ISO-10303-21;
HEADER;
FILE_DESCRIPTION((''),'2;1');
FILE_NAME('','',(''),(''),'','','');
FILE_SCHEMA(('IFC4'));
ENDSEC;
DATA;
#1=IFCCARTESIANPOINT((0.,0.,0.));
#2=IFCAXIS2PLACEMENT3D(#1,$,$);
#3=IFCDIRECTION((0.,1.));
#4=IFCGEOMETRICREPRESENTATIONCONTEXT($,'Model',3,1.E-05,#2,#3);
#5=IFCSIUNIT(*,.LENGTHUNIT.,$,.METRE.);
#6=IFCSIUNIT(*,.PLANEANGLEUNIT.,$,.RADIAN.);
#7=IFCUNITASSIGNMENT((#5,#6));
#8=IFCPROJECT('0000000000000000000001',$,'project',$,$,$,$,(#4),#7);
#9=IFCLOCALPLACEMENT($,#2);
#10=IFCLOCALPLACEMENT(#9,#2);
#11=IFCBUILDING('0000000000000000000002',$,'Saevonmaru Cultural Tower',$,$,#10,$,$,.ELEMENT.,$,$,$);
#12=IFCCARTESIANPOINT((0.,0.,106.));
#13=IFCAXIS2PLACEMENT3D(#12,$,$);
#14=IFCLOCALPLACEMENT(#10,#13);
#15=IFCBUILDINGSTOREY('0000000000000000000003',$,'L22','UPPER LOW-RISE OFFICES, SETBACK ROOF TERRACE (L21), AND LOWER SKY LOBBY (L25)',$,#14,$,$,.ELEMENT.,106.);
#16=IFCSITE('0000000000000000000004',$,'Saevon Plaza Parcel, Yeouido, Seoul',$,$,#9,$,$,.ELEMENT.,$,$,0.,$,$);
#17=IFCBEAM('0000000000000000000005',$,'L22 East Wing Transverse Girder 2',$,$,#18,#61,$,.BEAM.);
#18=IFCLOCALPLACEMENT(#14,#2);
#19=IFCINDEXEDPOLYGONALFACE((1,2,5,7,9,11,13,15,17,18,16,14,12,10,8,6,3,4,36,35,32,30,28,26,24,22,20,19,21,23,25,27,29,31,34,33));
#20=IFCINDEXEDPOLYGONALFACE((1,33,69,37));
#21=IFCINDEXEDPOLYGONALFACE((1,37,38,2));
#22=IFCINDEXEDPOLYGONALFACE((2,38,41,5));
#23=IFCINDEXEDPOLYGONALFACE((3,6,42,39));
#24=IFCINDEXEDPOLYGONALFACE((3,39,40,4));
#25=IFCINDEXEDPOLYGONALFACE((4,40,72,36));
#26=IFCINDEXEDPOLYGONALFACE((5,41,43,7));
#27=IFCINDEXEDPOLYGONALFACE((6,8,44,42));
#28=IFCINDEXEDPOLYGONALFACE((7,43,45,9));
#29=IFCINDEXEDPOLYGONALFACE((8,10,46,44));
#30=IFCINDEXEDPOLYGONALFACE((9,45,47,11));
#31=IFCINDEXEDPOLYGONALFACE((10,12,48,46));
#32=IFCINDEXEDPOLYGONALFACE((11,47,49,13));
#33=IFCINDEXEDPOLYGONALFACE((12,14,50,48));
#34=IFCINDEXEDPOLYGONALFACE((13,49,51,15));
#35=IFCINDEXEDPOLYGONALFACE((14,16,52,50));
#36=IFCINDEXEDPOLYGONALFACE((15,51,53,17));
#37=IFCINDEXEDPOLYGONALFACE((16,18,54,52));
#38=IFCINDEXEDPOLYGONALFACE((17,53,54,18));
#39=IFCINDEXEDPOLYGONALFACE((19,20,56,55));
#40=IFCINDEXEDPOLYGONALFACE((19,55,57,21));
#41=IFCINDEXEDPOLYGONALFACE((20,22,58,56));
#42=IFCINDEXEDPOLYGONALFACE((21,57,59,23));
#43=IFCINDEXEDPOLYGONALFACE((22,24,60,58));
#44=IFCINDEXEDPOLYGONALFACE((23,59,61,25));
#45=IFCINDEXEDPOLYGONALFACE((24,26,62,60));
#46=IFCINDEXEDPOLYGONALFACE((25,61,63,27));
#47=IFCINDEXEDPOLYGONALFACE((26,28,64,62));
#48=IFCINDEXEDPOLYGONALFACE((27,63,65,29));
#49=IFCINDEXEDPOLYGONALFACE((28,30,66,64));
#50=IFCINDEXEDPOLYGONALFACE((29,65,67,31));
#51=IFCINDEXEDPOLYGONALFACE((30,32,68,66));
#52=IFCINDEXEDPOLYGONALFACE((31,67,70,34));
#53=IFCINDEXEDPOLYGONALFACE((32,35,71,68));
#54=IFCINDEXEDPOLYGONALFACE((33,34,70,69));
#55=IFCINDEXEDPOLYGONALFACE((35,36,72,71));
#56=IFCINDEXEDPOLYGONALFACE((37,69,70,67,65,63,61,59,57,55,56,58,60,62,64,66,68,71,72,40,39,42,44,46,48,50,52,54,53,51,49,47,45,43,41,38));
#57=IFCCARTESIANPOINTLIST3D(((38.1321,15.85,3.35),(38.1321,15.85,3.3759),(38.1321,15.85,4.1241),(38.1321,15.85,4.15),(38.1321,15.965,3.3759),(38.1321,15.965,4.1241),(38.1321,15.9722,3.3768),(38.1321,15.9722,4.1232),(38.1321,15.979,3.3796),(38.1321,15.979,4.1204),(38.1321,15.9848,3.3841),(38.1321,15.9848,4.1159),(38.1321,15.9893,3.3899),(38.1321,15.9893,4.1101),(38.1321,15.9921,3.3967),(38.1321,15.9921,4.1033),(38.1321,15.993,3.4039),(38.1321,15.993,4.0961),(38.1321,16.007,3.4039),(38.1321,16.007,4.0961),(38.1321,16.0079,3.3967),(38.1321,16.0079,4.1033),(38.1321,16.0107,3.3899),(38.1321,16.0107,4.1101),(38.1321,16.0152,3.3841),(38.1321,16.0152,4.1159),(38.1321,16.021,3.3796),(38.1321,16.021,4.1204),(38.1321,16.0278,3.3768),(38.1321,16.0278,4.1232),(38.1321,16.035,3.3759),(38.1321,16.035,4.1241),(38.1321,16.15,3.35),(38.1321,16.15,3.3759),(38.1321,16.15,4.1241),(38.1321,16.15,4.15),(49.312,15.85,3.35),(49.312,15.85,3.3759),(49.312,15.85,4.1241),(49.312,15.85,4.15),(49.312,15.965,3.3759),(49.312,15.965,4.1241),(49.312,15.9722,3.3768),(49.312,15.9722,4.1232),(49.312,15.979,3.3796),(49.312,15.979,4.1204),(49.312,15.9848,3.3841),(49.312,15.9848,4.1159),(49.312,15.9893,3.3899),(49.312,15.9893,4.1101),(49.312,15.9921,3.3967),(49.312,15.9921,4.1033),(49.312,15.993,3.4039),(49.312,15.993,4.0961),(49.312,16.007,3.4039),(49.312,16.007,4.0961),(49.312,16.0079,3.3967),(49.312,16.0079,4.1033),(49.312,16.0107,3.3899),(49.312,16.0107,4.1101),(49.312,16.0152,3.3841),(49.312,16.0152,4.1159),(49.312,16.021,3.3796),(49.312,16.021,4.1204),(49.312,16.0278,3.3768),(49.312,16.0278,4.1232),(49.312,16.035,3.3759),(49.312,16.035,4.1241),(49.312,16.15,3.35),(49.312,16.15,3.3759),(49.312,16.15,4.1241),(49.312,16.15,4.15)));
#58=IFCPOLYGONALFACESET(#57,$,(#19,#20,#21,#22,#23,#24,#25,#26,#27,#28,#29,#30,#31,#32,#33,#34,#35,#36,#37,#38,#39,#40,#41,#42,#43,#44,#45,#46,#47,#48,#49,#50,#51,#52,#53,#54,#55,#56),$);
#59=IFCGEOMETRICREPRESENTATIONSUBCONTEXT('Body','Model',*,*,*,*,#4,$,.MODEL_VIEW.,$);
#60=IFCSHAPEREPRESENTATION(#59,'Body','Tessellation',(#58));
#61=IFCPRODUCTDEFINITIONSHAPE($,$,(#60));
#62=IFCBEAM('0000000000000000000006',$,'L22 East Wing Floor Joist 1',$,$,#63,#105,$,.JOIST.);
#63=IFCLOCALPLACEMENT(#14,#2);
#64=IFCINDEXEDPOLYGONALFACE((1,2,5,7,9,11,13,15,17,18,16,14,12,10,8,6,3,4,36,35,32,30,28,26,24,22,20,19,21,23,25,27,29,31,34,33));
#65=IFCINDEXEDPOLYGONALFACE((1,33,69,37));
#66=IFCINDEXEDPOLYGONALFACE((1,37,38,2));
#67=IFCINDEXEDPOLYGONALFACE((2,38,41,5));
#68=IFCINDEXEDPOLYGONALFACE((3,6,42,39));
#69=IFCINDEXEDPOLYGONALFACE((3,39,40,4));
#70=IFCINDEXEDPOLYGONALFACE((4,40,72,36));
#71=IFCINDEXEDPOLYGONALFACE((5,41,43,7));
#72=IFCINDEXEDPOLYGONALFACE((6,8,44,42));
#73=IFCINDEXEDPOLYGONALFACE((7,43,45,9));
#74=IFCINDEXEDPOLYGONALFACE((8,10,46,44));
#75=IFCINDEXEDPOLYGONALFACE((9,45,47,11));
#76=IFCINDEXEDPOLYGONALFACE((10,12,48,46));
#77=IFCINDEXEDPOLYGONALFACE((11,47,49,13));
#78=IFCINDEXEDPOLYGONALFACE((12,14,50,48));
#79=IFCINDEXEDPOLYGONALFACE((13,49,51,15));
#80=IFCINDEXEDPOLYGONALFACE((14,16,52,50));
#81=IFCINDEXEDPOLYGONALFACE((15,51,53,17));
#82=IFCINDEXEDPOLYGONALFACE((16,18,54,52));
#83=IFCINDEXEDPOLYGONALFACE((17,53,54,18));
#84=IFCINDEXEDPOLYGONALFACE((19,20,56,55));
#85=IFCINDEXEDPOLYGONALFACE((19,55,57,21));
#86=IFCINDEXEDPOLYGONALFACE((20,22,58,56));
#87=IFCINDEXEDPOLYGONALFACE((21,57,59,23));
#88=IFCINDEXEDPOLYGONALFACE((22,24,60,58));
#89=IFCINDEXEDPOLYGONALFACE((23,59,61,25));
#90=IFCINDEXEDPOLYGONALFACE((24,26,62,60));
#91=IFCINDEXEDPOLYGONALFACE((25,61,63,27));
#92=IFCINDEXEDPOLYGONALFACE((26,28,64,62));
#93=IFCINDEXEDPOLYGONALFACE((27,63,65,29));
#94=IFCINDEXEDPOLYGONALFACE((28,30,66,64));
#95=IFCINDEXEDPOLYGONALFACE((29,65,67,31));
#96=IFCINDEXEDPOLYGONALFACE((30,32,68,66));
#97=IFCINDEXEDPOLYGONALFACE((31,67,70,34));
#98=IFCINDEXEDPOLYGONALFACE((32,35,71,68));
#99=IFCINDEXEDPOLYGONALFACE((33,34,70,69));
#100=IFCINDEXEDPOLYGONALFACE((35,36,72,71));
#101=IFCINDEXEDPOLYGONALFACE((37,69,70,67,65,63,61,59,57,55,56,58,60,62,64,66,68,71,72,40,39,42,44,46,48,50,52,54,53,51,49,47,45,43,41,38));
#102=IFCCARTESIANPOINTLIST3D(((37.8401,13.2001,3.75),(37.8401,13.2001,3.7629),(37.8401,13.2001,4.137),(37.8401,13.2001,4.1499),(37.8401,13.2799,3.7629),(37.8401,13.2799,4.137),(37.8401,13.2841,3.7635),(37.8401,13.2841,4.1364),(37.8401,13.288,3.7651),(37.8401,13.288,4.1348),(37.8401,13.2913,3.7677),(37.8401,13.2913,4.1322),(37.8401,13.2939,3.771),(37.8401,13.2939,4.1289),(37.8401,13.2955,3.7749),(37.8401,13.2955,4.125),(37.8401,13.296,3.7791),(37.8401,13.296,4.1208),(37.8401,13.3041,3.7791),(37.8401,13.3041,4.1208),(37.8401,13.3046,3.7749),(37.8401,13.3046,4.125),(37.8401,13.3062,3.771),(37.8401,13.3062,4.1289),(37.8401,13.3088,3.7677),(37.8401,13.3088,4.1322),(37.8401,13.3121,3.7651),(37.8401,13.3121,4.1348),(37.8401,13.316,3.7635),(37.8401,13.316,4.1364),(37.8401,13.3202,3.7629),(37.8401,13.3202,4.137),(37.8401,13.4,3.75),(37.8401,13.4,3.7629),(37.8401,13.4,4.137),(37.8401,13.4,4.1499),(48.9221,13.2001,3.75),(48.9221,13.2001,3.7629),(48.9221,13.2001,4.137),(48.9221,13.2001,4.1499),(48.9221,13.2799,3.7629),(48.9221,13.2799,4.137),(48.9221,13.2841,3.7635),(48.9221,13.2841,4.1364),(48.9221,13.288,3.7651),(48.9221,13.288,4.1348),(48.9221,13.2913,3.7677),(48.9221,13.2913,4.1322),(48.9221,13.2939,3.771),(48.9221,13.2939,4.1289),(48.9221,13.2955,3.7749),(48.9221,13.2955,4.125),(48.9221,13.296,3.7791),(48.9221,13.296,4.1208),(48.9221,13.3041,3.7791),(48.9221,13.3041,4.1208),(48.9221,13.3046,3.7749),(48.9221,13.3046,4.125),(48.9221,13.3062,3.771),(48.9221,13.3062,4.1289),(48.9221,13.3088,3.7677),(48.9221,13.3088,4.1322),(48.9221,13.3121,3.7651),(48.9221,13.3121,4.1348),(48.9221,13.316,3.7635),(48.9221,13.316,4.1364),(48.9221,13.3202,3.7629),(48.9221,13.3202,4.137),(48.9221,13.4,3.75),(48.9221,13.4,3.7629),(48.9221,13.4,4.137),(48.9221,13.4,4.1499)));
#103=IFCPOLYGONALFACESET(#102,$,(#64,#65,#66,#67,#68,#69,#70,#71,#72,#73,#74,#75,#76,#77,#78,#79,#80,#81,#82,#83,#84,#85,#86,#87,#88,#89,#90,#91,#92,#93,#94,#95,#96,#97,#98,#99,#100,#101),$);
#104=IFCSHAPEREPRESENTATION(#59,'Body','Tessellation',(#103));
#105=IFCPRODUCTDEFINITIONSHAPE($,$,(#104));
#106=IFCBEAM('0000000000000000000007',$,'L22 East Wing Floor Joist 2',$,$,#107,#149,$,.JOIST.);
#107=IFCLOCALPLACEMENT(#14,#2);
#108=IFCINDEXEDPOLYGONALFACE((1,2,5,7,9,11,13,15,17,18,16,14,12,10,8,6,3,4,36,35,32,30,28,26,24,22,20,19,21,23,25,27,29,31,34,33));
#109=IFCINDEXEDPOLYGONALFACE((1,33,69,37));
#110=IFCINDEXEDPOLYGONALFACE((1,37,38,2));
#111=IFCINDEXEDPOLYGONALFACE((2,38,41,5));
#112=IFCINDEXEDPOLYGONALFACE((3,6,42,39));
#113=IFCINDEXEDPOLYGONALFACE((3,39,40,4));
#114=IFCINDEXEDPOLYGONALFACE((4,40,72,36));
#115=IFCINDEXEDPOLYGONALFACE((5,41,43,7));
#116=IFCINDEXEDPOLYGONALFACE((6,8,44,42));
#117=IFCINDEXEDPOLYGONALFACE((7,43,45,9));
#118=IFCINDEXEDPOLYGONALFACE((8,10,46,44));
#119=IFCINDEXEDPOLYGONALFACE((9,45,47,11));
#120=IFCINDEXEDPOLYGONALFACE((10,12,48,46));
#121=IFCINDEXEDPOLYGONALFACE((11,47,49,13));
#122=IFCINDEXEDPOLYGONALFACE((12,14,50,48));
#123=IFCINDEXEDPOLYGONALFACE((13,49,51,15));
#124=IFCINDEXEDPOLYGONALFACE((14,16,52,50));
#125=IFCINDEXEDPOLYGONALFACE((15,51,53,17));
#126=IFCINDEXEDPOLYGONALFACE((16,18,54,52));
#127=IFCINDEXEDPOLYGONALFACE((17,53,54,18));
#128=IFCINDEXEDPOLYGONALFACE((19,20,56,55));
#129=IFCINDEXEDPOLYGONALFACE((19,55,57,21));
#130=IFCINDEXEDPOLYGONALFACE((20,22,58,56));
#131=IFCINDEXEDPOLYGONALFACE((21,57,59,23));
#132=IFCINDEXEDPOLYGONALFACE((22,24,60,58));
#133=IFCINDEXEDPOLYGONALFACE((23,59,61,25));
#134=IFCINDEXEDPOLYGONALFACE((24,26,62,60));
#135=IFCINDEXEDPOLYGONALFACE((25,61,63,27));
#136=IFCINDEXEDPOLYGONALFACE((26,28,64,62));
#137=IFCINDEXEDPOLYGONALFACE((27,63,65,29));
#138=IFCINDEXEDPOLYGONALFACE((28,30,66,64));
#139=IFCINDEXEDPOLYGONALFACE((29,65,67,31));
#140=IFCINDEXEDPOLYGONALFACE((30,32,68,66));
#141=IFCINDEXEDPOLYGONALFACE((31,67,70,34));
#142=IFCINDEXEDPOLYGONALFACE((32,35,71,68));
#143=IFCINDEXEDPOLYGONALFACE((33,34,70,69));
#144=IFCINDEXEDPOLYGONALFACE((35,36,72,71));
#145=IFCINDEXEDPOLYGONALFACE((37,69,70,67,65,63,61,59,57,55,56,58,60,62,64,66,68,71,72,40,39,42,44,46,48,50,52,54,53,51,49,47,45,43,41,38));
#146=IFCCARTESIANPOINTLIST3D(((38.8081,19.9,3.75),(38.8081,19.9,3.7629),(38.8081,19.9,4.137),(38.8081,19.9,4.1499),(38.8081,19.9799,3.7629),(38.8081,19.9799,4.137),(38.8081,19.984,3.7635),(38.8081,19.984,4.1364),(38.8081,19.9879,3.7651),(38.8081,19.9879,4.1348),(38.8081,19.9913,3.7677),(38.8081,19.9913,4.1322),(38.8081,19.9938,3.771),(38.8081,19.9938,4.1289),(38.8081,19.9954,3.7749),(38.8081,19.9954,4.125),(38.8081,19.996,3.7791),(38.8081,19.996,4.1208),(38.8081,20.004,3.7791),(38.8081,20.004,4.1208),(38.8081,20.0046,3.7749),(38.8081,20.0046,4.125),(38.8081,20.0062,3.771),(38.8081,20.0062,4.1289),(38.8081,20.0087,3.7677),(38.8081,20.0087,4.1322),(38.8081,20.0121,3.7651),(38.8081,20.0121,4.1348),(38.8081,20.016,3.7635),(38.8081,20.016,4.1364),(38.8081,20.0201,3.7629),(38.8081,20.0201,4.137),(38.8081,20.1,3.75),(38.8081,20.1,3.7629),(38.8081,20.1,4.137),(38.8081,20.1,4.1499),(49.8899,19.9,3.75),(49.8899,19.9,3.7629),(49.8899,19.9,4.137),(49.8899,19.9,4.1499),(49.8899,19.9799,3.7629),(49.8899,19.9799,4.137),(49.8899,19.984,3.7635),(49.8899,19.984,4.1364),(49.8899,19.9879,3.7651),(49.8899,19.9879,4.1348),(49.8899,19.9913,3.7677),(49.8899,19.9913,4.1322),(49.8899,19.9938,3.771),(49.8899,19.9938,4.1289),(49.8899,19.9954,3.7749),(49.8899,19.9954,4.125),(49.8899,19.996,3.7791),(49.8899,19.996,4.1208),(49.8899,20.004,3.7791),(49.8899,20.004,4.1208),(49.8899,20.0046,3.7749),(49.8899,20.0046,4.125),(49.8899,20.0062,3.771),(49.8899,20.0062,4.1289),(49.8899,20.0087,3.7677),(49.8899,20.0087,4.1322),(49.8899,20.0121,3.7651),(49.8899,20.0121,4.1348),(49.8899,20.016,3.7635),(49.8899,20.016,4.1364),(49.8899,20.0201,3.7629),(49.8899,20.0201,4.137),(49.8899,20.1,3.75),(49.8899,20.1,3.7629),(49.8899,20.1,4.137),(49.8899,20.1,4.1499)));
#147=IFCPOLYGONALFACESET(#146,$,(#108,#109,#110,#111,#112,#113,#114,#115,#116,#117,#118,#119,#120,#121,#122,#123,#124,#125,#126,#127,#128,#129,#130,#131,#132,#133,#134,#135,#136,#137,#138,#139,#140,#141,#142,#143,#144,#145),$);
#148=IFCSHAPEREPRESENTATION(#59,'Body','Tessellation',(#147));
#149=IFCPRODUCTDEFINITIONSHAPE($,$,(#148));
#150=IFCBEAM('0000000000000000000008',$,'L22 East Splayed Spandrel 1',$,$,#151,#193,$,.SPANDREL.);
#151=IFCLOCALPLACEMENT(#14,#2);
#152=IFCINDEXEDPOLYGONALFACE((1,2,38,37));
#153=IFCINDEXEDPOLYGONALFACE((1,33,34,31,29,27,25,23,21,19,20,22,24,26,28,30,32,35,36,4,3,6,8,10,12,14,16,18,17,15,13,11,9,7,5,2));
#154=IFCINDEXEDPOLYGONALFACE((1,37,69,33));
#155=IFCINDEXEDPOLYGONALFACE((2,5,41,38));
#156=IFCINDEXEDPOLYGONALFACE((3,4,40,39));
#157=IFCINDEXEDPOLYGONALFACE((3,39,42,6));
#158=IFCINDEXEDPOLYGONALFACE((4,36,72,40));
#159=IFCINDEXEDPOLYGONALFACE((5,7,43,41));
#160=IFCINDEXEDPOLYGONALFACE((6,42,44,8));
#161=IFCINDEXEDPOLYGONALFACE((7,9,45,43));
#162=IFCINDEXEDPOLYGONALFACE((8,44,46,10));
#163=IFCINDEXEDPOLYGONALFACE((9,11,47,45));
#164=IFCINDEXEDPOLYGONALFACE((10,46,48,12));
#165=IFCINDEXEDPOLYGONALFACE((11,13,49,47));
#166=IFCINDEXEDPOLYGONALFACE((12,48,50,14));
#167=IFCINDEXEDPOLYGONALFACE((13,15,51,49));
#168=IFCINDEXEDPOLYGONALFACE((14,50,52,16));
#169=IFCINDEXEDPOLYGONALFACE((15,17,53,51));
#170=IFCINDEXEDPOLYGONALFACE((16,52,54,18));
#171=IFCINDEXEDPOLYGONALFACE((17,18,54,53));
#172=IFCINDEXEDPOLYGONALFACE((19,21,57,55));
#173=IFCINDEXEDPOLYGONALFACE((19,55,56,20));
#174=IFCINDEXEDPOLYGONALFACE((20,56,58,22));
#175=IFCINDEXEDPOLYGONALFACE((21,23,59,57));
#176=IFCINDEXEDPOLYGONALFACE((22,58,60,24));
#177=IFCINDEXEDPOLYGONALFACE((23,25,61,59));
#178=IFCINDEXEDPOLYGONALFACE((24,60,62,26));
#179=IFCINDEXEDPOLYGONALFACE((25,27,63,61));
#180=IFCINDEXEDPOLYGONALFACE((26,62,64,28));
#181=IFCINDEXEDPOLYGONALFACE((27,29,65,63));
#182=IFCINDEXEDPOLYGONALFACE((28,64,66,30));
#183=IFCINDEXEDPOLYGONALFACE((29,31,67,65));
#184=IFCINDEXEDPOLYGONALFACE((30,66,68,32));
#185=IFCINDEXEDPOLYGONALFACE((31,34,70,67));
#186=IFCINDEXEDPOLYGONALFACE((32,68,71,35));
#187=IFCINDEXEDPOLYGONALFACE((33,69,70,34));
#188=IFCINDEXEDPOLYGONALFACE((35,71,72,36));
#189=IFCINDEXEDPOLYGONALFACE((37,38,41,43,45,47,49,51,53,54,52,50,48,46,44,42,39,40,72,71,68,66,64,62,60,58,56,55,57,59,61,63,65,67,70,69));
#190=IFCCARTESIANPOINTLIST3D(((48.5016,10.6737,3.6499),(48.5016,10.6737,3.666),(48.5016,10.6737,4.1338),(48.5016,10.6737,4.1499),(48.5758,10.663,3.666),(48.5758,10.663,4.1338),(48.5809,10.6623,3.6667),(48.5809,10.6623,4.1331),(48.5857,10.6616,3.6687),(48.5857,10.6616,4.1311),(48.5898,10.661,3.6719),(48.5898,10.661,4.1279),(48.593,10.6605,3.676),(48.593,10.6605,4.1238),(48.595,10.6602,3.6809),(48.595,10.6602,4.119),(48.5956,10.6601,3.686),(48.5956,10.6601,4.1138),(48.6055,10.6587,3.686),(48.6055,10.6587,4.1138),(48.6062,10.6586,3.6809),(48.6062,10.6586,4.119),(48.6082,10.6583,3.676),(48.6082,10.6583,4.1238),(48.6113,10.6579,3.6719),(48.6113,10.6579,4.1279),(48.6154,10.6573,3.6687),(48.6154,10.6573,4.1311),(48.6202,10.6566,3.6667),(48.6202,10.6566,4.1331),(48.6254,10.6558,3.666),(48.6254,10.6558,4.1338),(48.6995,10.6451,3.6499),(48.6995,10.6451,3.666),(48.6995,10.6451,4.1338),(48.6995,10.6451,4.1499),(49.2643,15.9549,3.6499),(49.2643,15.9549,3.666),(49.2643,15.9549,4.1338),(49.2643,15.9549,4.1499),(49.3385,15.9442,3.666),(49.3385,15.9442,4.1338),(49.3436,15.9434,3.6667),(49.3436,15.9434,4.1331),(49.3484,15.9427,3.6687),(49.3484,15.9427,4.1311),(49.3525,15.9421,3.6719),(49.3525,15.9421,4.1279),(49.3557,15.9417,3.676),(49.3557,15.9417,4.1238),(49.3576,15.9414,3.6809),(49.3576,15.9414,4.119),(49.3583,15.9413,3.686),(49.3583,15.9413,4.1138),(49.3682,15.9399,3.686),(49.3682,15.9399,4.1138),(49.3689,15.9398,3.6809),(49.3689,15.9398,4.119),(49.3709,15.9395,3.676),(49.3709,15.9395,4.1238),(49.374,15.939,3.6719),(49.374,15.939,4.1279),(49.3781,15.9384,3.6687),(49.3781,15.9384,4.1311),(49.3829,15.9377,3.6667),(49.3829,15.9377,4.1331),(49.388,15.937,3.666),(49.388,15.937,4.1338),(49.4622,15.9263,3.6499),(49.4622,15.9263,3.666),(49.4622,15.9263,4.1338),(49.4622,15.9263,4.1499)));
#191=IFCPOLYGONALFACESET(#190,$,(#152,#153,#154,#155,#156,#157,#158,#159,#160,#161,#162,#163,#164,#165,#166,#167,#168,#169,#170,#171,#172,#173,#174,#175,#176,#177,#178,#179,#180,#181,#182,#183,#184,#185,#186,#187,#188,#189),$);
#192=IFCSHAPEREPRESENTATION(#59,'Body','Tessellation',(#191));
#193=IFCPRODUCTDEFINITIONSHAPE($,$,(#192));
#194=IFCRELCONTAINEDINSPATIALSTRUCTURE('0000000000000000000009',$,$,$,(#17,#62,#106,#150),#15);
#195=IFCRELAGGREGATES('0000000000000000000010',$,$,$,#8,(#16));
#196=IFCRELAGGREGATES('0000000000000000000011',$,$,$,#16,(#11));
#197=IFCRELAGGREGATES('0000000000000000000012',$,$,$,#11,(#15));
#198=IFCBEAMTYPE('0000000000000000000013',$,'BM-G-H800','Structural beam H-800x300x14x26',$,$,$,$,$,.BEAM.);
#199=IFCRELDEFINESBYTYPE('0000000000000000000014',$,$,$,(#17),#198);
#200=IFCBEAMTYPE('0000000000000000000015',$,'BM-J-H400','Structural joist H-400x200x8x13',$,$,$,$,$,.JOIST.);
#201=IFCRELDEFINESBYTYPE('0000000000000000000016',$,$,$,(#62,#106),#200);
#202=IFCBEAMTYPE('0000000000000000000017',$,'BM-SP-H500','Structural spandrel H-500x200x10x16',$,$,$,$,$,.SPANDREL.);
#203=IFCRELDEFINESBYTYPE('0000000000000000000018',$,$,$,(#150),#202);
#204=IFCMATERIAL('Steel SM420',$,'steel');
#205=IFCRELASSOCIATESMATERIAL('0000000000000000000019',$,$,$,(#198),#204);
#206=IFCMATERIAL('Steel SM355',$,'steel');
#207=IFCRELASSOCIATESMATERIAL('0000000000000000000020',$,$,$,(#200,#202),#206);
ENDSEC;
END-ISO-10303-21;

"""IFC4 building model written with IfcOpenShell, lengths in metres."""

from ifc_helpers import new_model, si_unit, direction, frame, origin, origin_2d, place, context, subcontext, project, spatial, i_section, extrude, material, material_profile, profile_set, type_object, element, save


model = new_model("IFC4")

# Units and contexts
model_context = context("Model", 3, precision=1e-05, world=origin(), true_north=direction((0.0, 1.0)))
body_context = subcontext(model_context, "Body", "Model", "MODEL_VIEW")
ifc_project = project(units=[si_unit("LENGTHUNIT", "METRE"), si_unit("PLANEANGLEUNIT", "RADIAN")], contexts=[model_context])

# Site, building, storey
site_placement = place(None, origin())
site = spatial("IfcSite", under=ifc_project, at=site_placement, Name="Saevon Plaza Parcel, Yeouido, Seoul", CompositionType="ELEMENT", RefElevation=0.0)
building_placement = place(site_placement, origin())
building = spatial("IfcBuilding", under=site, at=building_placement, Name="Saevonmaru Cultural Tower", CompositionType="ELEMENT")
storey_placement = place(building_placement, frame((0.0, 0.0, 106.0)))
storey = spatial("IfcBuildingStorey", under=building, at=storey_placement, Name="L22", Description="UPPER LOW-RISE OFFICES, SETBACK ROOF TERRACE (L21), AND LOWER SKY LOBBY (L25)", CompositionType="ELEMENT", Elevation=106.0)

# Shared definitions
ifc_material_1 = material(Name="Steel SM420", Category="steel")
ifc_material_2 = material(Name="Steel SM355", Category="steel")

# Beams
ifc_material_profile_1 = material_profile(ifc_material_1, i_section(OverallWidth=0.3, OverallDepth=0.8, WebThickness=0.0139, FlangeThickness=0.0259, FilletRadius=0.0281, at=origin_2d()), Name="H-800x300x14x26")
ifc_profile_set_1 = profile_set([ifc_material_profile_1], Name="Steel SM420")
beam_type_1 = type_object("IfcBeamType", Name="BM-G-H800", Description="Structural beam H-800x300x14x26", PredefinedType="BEAM", material=ifc_profile_set_1)
for number, where, z_axis, x_axis, name in (
    (1, (38.1321, 16.0, 3.75), (1.0, 0.0, 0.0), (0.0, 1.0, 0.0), "L22 East Wing Transverse Girder 2"),
):
    element("IfcBeam", number, at=place(storey_placement, frame(where, z_axis=z_axis, x_axis=x_axis)), inside=storey, type_object=beam_type_1, Name=name, PredefinedType="BEAM", context=body_context, shape_type="SweptSolid", body=[
        extrude(i_section(OverallWidth=0.3, OverallDepth=0.8, WebThickness=0.0139, FlangeThickness=0.0259, FilletRadius=0.0281, at=origin_2d()), origin(), (0.0, 0.0, 1.0), 11.1799),
    ])
ifc_material_profile_2 = material_profile(ifc_material_2, i_section(OverallWidth=0.2, OverallDepth=0.3999, WebThickness=0.0081, FlangeThickness=0.0129, FilletRadius=0.0161, at=origin_2d()), Name="H-400x200x8x13")
ifc_profile_set_2 = profile_set([ifc_material_profile_2], Name="Steel SM355")
beam_type_2 = type_object("IfcBeamType", Name="BM-J-H400", Description="Structural joist H-400x200x8x13", PredefinedType="JOIST", material=ifc_profile_set_2)
beam_1_placement = place(storey_placement, frame((37.8401, 13.3, 3.95), z_axis=(1.0, 0.0, 0.0), x_axis=(0.0, 1.0, 0.0)))
element("IfcBeam", 2, at=beam_1_placement, inside=storey, type_object=beam_type_2, Name="L22 East Wing Floor Joist 1", PredefinedType="JOIST", context=body_context, shape_type="SweptSolid", body=[
    extrude(i_section(OverallWidth=0.2, OverallDepth=0.3999, WebThickness=0.0081, FlangeThickness=0.0129, FilletRadius=0.0161, at=origin_2d()), origin(), (0.0, 0.0, 1.0), 11.082),
])
beam_2_placement = place(storey_placement, frame((38.8081, 20.0, 3.95), z_axis=(1.0, 0.0, 0.0), x_axis=(0.0, 1.0, 0.0)))
element("IfcBeam", 3, at=beam_2_placement, inside=storey, type_object=beam_type_2, Name="L22 East Wing Floor Joist 2", PredefinedType="JOIST", context=body_context, shape_type="SweptSolid", body=[
    extrude(i_section(OverallWidth=0.2, OverallDepth=0.3999, WebThickness=0.0081, FlangeThickness=0.0129, FilletRadius=0.0161, at=origin_2d()), origin(), (0.0, 0.0, 1.0), 11.0818),
])
ifc_material_profile_3 = material_profile(ifc_material_2, i_section(OverallWidth=0.2, OverallDepth=0.5, WebThickness=0.01, FlangeThickness=0.0161, FilletRadius=0.02, at=origin_2d()), Name="H-500x200x10x16")
ifc_profile_set_3 = profile_set([ifc_material_profile_3], Name="Steel SM355")
beam_type_3 = type_object("IfcBeamType", Name="BM-SP-H500", Description="Structural spandrel H-500x200x10x16", PredefinedType="SPANDREL", material=ifc_profile_set_3)
beam_3_placement = place(storey_placement, frame((48.6006, 10.6594, 3.8999), z_axis=(0.142933, 0.989732, 0.0), x_axis=(-0.989732, 0.142933, 0.0)))
element("IfcBeam", 4, at=beam_3_placement, inside=storey, type_object=beam_type_3, Name="L22 East Splayed Spandrel 1", PredefinedType="SPANDREL", context=body_context, shape_type="SweptSolid", body=[
    extrude(i_section(OverallWidth=0.2, OverallDepth=0.5, WebThickness=0.01, FlangeThickness=0.0161, FilletRadius=0.02, at=origin_2d()), origin(), (0.0, 0.0, 1.0), 5.3359),
])

save(model, "model.ifc")
